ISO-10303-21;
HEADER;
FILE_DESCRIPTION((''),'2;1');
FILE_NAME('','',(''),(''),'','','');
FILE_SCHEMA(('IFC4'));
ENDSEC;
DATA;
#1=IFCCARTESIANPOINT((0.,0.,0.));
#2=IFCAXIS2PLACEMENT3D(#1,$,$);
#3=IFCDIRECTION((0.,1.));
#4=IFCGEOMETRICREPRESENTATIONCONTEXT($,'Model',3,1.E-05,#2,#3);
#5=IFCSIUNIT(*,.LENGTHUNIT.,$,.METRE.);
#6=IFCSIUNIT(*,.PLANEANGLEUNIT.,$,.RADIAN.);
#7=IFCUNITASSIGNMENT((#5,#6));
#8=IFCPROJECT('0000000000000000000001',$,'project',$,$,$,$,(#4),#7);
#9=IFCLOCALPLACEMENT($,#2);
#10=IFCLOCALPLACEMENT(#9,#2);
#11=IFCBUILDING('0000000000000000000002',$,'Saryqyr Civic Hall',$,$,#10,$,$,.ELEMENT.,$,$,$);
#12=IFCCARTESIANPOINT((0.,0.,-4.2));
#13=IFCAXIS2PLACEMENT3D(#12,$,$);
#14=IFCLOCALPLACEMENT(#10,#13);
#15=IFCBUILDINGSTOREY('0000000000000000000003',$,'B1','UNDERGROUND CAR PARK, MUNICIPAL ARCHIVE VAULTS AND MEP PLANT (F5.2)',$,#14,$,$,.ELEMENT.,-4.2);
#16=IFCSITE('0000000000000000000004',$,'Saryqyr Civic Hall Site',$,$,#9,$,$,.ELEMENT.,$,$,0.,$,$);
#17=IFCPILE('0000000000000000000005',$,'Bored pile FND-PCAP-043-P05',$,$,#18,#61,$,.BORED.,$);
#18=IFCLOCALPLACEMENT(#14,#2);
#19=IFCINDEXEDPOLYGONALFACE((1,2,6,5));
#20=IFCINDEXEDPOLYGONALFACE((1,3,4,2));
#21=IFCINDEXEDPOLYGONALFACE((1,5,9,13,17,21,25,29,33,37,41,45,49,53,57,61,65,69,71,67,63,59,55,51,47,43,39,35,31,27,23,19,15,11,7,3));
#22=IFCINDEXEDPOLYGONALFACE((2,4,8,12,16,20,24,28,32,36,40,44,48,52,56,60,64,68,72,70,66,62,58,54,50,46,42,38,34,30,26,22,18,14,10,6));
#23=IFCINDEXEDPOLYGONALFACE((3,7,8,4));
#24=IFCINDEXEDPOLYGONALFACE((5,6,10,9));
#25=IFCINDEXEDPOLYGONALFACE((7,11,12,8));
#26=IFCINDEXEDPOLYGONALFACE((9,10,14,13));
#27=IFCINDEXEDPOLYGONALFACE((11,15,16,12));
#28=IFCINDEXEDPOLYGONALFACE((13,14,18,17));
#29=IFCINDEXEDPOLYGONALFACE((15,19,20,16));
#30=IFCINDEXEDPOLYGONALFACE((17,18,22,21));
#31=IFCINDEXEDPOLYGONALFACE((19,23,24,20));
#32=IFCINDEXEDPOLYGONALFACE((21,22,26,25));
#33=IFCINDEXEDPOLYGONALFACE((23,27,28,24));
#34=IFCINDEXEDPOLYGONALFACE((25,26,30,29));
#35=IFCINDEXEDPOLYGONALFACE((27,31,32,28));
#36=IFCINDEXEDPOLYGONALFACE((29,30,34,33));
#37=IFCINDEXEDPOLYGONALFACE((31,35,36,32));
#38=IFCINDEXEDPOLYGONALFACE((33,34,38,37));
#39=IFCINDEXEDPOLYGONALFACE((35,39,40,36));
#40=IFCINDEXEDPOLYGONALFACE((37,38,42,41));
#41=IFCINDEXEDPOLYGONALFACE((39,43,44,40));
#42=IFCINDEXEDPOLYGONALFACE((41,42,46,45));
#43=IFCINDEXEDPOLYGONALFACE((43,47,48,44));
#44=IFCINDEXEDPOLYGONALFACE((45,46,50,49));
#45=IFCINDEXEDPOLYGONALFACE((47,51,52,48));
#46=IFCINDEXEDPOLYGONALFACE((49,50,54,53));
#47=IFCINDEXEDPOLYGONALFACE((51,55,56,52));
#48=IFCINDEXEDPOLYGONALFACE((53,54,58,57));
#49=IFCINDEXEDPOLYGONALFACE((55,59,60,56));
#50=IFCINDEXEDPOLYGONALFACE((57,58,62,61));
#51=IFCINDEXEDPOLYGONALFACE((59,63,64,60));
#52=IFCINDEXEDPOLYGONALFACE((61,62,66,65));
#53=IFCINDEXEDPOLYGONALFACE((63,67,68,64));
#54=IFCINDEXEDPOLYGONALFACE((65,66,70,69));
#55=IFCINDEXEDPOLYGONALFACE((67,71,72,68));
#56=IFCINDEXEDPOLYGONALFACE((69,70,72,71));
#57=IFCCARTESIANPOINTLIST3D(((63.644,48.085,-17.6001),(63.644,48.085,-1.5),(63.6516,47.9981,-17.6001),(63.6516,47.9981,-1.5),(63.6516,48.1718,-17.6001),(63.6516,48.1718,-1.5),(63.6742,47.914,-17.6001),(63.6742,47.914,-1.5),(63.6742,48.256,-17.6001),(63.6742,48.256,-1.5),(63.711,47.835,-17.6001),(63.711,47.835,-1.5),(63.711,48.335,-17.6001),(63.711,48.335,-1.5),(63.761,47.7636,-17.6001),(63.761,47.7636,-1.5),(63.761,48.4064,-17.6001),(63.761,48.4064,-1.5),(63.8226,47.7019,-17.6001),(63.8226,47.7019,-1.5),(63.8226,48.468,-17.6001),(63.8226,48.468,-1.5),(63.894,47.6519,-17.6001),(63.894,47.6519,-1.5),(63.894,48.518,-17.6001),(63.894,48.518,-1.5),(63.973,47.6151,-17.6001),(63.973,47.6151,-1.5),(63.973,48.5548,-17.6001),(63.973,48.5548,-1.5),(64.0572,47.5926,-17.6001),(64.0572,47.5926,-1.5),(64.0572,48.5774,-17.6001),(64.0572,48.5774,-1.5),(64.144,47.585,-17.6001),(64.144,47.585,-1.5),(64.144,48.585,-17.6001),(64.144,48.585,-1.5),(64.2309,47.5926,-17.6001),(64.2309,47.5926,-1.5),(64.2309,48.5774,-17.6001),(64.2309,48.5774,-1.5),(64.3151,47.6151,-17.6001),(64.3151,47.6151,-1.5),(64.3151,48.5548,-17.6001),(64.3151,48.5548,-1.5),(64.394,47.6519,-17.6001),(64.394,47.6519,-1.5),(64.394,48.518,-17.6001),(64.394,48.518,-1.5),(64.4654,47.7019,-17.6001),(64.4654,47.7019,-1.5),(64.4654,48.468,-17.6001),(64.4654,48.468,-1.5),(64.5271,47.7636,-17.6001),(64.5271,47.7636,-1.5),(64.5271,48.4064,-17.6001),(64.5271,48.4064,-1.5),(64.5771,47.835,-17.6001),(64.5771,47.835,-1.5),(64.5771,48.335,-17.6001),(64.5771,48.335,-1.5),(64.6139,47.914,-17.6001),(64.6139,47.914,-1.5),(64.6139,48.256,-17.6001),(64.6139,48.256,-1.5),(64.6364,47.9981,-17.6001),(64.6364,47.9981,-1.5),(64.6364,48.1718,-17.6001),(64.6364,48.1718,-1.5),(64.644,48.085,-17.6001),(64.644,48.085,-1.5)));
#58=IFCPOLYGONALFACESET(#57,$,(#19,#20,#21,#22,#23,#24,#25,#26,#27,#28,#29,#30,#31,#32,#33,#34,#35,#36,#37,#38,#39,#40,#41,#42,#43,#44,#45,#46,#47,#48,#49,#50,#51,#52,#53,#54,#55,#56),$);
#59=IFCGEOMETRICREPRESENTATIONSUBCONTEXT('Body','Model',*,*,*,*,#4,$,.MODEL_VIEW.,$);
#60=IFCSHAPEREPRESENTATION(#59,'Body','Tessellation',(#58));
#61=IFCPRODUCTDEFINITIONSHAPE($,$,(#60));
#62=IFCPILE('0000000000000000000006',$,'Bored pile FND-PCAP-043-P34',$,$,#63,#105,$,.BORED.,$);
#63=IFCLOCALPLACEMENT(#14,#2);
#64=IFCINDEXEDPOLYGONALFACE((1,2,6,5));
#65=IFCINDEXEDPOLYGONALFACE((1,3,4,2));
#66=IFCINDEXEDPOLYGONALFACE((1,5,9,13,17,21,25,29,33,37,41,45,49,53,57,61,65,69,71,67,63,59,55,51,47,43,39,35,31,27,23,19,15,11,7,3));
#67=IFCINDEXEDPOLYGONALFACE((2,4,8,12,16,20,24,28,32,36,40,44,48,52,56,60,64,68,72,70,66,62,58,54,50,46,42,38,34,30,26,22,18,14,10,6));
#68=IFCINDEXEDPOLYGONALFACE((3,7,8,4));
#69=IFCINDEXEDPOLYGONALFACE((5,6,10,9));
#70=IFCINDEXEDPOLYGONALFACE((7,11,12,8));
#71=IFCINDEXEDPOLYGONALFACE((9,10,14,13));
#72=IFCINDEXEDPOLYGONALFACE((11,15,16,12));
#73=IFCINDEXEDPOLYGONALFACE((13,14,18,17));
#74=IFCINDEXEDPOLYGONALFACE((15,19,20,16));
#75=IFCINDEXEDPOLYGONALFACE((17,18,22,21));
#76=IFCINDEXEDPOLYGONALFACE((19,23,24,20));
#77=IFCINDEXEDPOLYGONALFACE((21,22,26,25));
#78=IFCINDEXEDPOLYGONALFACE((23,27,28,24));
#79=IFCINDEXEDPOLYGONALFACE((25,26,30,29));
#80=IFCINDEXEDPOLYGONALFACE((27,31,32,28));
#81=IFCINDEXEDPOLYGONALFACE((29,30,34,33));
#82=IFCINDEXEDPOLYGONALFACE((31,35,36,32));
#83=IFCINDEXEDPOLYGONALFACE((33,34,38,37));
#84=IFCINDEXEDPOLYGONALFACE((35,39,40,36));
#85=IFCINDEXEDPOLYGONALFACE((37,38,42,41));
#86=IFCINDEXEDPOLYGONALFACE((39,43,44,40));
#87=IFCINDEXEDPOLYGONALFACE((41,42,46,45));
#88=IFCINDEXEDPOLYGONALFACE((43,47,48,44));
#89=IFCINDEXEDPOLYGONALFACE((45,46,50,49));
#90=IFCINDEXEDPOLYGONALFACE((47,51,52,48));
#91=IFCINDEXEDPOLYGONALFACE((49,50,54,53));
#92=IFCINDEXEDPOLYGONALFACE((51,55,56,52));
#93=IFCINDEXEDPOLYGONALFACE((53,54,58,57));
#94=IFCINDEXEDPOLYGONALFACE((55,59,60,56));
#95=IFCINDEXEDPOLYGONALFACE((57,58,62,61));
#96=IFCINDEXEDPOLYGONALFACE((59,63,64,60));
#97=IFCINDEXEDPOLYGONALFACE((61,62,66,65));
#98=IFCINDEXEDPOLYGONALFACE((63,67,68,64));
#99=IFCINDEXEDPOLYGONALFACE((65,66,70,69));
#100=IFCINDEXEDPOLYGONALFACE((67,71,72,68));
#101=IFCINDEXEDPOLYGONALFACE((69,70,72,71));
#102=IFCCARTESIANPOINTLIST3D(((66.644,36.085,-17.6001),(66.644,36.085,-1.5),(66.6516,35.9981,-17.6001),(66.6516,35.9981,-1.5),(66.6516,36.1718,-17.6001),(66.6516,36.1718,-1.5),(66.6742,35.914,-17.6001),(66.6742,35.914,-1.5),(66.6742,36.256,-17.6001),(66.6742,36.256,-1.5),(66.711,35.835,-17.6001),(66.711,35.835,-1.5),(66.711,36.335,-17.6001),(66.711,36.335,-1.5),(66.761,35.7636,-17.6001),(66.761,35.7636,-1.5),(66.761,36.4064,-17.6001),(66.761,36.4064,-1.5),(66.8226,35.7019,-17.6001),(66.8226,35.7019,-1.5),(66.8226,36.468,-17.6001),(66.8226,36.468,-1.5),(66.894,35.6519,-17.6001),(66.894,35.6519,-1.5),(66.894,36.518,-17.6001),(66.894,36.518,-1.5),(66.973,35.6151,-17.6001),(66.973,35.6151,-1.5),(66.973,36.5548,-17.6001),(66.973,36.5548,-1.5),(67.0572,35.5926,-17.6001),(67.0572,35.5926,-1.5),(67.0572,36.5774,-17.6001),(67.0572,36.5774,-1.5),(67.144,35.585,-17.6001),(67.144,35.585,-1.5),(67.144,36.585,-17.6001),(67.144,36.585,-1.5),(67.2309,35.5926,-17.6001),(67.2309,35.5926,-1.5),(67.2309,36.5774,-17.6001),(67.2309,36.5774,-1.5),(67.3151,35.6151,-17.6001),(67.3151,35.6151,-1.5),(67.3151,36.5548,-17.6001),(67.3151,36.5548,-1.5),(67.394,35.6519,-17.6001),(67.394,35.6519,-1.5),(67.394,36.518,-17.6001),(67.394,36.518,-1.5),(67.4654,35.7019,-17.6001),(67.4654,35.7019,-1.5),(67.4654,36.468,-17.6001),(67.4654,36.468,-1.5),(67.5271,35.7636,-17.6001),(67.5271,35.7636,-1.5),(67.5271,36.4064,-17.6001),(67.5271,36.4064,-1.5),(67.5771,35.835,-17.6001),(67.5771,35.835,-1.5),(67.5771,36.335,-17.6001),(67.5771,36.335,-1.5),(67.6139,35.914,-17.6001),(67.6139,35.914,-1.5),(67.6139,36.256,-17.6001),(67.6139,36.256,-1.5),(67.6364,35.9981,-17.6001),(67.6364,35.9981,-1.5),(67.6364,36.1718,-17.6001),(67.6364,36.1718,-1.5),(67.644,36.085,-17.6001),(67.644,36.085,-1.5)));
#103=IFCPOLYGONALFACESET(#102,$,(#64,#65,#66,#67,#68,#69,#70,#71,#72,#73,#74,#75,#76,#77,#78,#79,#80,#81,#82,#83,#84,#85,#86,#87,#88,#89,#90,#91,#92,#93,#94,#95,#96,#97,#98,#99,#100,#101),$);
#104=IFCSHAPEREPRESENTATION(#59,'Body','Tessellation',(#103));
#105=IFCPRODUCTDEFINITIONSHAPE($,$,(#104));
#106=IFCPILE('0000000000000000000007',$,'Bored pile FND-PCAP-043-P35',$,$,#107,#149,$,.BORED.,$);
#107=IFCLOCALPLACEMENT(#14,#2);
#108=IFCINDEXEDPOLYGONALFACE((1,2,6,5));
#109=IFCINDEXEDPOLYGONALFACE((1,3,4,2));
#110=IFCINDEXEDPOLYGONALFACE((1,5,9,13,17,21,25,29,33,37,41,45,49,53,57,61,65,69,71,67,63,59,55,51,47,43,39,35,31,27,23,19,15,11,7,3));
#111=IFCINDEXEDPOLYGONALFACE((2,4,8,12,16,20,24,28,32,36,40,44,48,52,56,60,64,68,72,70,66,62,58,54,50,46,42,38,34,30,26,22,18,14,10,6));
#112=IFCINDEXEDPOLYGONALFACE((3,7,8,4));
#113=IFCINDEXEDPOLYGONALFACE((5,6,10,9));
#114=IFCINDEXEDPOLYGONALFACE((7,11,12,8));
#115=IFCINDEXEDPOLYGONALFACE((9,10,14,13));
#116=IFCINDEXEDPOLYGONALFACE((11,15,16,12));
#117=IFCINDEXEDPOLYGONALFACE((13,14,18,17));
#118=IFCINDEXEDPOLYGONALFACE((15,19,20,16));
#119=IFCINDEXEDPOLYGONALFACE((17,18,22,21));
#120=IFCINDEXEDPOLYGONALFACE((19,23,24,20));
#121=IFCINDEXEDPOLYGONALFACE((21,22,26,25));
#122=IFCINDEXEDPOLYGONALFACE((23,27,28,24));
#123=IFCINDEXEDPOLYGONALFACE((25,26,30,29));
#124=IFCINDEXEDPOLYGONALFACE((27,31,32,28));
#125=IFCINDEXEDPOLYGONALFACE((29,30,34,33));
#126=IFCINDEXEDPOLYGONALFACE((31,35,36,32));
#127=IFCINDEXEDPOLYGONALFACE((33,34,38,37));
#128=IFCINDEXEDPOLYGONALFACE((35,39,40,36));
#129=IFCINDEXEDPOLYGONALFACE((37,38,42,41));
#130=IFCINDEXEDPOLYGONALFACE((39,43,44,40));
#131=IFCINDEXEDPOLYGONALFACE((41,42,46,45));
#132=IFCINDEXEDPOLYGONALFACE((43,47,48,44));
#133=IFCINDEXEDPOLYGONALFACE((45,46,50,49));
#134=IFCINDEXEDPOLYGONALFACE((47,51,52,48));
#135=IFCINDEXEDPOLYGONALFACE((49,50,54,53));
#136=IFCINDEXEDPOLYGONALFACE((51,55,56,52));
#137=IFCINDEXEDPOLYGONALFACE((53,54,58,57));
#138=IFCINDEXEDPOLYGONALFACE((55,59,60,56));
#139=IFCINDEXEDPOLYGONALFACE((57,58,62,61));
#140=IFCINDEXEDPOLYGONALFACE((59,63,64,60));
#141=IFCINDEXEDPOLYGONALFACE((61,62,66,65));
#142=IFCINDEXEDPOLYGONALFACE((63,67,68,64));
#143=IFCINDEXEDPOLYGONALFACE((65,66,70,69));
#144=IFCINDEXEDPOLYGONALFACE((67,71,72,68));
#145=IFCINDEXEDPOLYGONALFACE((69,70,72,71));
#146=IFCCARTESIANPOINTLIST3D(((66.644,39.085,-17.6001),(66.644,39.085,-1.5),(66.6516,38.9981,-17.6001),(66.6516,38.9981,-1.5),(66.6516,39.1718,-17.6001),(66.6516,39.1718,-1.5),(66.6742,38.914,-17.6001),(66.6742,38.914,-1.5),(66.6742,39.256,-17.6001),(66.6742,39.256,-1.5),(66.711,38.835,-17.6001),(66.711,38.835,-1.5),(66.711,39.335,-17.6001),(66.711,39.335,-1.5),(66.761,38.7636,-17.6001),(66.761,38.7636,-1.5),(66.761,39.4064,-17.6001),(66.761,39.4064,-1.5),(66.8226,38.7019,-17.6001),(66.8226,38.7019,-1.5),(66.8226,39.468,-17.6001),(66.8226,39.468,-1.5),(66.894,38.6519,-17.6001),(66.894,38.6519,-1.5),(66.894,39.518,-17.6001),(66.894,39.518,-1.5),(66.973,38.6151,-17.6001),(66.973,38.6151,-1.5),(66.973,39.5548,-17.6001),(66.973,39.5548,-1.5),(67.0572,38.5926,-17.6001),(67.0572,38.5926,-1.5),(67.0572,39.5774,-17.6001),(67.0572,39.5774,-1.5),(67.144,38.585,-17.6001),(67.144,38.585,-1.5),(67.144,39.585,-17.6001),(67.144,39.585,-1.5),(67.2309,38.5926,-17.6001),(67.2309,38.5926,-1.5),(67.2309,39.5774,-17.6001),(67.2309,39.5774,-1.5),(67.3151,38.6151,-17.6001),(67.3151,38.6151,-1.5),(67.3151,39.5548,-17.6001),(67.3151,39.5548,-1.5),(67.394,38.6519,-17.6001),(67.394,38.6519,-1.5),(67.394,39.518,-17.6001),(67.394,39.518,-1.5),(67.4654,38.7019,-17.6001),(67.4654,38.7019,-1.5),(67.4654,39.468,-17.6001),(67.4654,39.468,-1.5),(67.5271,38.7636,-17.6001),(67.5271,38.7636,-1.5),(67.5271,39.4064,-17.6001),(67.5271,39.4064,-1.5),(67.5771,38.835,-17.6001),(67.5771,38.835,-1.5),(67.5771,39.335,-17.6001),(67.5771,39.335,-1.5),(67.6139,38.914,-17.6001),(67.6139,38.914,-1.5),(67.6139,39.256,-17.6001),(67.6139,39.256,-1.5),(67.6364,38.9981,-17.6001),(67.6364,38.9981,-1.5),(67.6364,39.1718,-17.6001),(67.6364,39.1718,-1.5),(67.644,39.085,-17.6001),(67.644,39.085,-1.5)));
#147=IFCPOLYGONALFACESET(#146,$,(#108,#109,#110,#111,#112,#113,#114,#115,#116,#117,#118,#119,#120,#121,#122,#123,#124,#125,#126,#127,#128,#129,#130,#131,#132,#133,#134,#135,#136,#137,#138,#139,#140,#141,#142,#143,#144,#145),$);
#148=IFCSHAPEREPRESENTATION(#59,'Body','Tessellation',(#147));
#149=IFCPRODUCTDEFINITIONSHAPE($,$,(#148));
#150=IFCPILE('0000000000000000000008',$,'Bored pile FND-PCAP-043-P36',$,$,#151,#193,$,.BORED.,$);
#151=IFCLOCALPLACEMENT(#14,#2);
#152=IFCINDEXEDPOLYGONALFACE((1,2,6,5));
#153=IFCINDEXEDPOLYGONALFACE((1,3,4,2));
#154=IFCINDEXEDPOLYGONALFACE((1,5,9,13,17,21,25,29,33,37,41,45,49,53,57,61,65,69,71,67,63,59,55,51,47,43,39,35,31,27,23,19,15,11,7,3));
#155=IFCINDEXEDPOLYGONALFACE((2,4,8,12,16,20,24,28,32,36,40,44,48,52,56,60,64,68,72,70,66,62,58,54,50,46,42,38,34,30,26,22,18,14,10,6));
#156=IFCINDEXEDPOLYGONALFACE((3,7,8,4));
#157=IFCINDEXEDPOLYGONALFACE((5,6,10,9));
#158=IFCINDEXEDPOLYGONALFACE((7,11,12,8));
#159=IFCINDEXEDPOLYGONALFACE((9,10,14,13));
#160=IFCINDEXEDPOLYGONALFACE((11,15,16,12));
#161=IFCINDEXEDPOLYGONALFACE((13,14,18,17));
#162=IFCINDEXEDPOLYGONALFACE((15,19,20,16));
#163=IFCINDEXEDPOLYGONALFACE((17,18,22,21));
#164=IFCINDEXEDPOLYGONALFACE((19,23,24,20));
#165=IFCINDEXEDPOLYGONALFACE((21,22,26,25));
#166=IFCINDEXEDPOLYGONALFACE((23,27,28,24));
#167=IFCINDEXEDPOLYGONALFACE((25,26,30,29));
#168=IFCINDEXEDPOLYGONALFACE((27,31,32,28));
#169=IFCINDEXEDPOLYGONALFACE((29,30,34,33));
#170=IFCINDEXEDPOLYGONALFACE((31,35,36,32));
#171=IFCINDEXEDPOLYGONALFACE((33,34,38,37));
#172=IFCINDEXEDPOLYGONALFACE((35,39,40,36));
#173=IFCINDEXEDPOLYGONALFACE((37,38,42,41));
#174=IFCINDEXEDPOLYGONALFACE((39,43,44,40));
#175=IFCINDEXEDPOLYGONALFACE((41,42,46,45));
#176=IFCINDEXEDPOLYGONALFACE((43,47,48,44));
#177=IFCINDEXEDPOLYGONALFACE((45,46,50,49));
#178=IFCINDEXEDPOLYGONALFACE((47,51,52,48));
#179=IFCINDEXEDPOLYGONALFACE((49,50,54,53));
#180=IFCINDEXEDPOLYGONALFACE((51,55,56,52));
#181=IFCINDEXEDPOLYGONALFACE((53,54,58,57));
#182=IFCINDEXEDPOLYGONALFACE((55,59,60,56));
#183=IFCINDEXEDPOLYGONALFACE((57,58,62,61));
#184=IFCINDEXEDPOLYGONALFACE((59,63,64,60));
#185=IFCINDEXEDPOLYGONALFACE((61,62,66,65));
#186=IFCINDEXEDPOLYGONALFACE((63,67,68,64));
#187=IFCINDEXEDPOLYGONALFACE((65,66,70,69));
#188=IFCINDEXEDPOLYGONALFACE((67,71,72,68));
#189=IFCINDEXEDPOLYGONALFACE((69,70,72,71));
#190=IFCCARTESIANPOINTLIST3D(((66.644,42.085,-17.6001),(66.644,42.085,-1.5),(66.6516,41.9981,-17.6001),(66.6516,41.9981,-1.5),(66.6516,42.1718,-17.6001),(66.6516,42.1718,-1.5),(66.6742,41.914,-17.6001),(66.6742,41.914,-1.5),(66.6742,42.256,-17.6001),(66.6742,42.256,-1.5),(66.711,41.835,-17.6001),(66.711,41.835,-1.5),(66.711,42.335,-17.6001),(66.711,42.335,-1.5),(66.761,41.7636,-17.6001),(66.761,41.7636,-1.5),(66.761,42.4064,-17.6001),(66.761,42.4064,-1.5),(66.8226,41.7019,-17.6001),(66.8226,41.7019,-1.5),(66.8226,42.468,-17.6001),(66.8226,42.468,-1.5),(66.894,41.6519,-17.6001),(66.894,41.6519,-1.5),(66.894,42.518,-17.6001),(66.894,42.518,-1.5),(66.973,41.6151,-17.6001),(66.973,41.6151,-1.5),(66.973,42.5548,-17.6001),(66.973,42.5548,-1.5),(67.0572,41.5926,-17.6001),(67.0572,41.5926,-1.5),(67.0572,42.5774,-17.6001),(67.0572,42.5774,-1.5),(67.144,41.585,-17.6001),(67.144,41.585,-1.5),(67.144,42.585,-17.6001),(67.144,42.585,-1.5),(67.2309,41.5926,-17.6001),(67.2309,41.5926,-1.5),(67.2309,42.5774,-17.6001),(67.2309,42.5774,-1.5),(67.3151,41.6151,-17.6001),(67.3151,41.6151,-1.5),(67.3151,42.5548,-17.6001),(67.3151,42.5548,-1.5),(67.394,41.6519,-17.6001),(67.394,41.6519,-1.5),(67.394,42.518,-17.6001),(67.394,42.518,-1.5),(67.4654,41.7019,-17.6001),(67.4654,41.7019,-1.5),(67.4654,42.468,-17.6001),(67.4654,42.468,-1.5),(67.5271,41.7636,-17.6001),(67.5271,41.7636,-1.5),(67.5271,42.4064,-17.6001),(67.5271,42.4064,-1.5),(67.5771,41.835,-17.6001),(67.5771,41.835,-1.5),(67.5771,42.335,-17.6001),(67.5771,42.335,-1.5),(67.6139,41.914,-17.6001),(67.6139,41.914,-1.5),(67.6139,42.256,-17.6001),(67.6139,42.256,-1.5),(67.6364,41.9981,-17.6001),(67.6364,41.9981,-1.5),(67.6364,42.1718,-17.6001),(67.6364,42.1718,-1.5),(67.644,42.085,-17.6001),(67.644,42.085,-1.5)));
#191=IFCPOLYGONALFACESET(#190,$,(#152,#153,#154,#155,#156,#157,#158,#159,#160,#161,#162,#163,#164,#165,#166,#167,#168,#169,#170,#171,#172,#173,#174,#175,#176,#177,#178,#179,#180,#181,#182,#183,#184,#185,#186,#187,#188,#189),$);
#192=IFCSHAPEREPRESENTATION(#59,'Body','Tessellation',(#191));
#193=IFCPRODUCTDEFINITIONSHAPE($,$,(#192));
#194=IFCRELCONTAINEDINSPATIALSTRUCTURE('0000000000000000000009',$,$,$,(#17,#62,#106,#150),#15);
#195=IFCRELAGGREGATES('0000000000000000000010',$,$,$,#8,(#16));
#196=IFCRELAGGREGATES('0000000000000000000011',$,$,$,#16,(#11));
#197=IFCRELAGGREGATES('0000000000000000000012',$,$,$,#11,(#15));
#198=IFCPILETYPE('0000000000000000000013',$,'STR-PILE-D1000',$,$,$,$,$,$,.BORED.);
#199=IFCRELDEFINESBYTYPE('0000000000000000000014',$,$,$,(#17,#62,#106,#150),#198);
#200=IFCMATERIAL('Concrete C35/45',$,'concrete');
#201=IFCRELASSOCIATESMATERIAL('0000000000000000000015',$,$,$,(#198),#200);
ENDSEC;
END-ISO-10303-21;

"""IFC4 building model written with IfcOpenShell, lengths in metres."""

from ifc_helpers import new_model, si_unit, direction, frame, origin, origin_2d, place, context, subcontext, project, spatial, circle, extrude, material, material_profile, profile_set, type_object, element, save


model = new_model("IFC4")

# Units and contexts
model_context = context("Model", 3, precision=1e-05, world=origin(), true_north=direction((0.0, 1.0)))
body_context = subcontext(model_context, "Body", "Model", "MODEL_VIEW")
ifc_project = project(units=[si_unit("LENGTHUNIT", "METRE"), si_unit("PLANEANGLEUNIT", "RADIAN")], contexts=[model_context])

# Site, building, storey
site_placement = place(None, origin())
site = spatial("IfcSite", under=ifc_project, at=site_placement, Name="Saryqyr Civic Hall Site", CompositionType="ELEMENT", RefElevation=0.0)
building_placement = place(site_placement, origin())
building = spatial("IfcBuilding", under=site, at=building_placement, Name="Saryqyr Civic Hall", CompositionType="ELEMENT")
storey_placement = place(building_placement, frame((0.0, 0.0, -4.2)))
storey = spatial("IfcBuildingStorey", under=building, at=storey_placement, Name="B1", Description="UNDERGROUND CAR PARK, MUNICIPAL ARCHIVE VAULTS AND MEP PLANT (F5.2)", CompositionType="ELEMENT", Elevation=-4.2)

# Piles
ifc_material_1 = material(Name="Concrete C35/45", Category="concrete")
ifc_material_profile_1 = material_profile(ifc_material_1, circle(Radius=0.5, at=origin_2d()), Name="BORED PILE D1000")
ifc_profile_set_1 = profile_set([ifc_material_profile_1], Name="Concrete C35/45")
pile_type = type_object("IfcPileType", Name="STR-PILE-D1000", PredefinedType="BORED", material=ifc_profile_set_1)
for number, where, z_axis, x_axis, name in (
    (1, (64.144, 48.085, -1.5), (0.0, 0.0, -1.0), (1.0, 0.0, 0.0), "Bored pile FND-PCAP-043-P05"),
    (2, (67.144, 36.085, -1.5), (0.0, 0.0, -1.0), (1.0, 0.0, 0.0), "Bored pile FND-PCAP-043-P34"),
    (3, (67.144, 39.085, -1.5), (0.0, 0.0, -1.0), (1.0, 0.0, 0.0), "Bored pile FND-PCAP-043-P35"),
    (4, (67.144, 42.085, -1.5), (0.0, 0.0, -1.0), (1.0, 0.0, 0.0), "Bored pile FND-PCAP-043-P36"),
):
    element("IfcPile", number, at=place(storey_placement, frame(where, z_axis=z_axis, x_axis=x_axis)), inside=storey, type_object=pile_type, Name=name, PredefinedType="BORED", context=body_context, shape_type="SweptSolid", body=[
        extrude(circle(Radius=0.5, at=origin_2d()), origin(), (0.0, 0.0, 1.0), 16.1001),
    ])

save(model, "model.ifc")
